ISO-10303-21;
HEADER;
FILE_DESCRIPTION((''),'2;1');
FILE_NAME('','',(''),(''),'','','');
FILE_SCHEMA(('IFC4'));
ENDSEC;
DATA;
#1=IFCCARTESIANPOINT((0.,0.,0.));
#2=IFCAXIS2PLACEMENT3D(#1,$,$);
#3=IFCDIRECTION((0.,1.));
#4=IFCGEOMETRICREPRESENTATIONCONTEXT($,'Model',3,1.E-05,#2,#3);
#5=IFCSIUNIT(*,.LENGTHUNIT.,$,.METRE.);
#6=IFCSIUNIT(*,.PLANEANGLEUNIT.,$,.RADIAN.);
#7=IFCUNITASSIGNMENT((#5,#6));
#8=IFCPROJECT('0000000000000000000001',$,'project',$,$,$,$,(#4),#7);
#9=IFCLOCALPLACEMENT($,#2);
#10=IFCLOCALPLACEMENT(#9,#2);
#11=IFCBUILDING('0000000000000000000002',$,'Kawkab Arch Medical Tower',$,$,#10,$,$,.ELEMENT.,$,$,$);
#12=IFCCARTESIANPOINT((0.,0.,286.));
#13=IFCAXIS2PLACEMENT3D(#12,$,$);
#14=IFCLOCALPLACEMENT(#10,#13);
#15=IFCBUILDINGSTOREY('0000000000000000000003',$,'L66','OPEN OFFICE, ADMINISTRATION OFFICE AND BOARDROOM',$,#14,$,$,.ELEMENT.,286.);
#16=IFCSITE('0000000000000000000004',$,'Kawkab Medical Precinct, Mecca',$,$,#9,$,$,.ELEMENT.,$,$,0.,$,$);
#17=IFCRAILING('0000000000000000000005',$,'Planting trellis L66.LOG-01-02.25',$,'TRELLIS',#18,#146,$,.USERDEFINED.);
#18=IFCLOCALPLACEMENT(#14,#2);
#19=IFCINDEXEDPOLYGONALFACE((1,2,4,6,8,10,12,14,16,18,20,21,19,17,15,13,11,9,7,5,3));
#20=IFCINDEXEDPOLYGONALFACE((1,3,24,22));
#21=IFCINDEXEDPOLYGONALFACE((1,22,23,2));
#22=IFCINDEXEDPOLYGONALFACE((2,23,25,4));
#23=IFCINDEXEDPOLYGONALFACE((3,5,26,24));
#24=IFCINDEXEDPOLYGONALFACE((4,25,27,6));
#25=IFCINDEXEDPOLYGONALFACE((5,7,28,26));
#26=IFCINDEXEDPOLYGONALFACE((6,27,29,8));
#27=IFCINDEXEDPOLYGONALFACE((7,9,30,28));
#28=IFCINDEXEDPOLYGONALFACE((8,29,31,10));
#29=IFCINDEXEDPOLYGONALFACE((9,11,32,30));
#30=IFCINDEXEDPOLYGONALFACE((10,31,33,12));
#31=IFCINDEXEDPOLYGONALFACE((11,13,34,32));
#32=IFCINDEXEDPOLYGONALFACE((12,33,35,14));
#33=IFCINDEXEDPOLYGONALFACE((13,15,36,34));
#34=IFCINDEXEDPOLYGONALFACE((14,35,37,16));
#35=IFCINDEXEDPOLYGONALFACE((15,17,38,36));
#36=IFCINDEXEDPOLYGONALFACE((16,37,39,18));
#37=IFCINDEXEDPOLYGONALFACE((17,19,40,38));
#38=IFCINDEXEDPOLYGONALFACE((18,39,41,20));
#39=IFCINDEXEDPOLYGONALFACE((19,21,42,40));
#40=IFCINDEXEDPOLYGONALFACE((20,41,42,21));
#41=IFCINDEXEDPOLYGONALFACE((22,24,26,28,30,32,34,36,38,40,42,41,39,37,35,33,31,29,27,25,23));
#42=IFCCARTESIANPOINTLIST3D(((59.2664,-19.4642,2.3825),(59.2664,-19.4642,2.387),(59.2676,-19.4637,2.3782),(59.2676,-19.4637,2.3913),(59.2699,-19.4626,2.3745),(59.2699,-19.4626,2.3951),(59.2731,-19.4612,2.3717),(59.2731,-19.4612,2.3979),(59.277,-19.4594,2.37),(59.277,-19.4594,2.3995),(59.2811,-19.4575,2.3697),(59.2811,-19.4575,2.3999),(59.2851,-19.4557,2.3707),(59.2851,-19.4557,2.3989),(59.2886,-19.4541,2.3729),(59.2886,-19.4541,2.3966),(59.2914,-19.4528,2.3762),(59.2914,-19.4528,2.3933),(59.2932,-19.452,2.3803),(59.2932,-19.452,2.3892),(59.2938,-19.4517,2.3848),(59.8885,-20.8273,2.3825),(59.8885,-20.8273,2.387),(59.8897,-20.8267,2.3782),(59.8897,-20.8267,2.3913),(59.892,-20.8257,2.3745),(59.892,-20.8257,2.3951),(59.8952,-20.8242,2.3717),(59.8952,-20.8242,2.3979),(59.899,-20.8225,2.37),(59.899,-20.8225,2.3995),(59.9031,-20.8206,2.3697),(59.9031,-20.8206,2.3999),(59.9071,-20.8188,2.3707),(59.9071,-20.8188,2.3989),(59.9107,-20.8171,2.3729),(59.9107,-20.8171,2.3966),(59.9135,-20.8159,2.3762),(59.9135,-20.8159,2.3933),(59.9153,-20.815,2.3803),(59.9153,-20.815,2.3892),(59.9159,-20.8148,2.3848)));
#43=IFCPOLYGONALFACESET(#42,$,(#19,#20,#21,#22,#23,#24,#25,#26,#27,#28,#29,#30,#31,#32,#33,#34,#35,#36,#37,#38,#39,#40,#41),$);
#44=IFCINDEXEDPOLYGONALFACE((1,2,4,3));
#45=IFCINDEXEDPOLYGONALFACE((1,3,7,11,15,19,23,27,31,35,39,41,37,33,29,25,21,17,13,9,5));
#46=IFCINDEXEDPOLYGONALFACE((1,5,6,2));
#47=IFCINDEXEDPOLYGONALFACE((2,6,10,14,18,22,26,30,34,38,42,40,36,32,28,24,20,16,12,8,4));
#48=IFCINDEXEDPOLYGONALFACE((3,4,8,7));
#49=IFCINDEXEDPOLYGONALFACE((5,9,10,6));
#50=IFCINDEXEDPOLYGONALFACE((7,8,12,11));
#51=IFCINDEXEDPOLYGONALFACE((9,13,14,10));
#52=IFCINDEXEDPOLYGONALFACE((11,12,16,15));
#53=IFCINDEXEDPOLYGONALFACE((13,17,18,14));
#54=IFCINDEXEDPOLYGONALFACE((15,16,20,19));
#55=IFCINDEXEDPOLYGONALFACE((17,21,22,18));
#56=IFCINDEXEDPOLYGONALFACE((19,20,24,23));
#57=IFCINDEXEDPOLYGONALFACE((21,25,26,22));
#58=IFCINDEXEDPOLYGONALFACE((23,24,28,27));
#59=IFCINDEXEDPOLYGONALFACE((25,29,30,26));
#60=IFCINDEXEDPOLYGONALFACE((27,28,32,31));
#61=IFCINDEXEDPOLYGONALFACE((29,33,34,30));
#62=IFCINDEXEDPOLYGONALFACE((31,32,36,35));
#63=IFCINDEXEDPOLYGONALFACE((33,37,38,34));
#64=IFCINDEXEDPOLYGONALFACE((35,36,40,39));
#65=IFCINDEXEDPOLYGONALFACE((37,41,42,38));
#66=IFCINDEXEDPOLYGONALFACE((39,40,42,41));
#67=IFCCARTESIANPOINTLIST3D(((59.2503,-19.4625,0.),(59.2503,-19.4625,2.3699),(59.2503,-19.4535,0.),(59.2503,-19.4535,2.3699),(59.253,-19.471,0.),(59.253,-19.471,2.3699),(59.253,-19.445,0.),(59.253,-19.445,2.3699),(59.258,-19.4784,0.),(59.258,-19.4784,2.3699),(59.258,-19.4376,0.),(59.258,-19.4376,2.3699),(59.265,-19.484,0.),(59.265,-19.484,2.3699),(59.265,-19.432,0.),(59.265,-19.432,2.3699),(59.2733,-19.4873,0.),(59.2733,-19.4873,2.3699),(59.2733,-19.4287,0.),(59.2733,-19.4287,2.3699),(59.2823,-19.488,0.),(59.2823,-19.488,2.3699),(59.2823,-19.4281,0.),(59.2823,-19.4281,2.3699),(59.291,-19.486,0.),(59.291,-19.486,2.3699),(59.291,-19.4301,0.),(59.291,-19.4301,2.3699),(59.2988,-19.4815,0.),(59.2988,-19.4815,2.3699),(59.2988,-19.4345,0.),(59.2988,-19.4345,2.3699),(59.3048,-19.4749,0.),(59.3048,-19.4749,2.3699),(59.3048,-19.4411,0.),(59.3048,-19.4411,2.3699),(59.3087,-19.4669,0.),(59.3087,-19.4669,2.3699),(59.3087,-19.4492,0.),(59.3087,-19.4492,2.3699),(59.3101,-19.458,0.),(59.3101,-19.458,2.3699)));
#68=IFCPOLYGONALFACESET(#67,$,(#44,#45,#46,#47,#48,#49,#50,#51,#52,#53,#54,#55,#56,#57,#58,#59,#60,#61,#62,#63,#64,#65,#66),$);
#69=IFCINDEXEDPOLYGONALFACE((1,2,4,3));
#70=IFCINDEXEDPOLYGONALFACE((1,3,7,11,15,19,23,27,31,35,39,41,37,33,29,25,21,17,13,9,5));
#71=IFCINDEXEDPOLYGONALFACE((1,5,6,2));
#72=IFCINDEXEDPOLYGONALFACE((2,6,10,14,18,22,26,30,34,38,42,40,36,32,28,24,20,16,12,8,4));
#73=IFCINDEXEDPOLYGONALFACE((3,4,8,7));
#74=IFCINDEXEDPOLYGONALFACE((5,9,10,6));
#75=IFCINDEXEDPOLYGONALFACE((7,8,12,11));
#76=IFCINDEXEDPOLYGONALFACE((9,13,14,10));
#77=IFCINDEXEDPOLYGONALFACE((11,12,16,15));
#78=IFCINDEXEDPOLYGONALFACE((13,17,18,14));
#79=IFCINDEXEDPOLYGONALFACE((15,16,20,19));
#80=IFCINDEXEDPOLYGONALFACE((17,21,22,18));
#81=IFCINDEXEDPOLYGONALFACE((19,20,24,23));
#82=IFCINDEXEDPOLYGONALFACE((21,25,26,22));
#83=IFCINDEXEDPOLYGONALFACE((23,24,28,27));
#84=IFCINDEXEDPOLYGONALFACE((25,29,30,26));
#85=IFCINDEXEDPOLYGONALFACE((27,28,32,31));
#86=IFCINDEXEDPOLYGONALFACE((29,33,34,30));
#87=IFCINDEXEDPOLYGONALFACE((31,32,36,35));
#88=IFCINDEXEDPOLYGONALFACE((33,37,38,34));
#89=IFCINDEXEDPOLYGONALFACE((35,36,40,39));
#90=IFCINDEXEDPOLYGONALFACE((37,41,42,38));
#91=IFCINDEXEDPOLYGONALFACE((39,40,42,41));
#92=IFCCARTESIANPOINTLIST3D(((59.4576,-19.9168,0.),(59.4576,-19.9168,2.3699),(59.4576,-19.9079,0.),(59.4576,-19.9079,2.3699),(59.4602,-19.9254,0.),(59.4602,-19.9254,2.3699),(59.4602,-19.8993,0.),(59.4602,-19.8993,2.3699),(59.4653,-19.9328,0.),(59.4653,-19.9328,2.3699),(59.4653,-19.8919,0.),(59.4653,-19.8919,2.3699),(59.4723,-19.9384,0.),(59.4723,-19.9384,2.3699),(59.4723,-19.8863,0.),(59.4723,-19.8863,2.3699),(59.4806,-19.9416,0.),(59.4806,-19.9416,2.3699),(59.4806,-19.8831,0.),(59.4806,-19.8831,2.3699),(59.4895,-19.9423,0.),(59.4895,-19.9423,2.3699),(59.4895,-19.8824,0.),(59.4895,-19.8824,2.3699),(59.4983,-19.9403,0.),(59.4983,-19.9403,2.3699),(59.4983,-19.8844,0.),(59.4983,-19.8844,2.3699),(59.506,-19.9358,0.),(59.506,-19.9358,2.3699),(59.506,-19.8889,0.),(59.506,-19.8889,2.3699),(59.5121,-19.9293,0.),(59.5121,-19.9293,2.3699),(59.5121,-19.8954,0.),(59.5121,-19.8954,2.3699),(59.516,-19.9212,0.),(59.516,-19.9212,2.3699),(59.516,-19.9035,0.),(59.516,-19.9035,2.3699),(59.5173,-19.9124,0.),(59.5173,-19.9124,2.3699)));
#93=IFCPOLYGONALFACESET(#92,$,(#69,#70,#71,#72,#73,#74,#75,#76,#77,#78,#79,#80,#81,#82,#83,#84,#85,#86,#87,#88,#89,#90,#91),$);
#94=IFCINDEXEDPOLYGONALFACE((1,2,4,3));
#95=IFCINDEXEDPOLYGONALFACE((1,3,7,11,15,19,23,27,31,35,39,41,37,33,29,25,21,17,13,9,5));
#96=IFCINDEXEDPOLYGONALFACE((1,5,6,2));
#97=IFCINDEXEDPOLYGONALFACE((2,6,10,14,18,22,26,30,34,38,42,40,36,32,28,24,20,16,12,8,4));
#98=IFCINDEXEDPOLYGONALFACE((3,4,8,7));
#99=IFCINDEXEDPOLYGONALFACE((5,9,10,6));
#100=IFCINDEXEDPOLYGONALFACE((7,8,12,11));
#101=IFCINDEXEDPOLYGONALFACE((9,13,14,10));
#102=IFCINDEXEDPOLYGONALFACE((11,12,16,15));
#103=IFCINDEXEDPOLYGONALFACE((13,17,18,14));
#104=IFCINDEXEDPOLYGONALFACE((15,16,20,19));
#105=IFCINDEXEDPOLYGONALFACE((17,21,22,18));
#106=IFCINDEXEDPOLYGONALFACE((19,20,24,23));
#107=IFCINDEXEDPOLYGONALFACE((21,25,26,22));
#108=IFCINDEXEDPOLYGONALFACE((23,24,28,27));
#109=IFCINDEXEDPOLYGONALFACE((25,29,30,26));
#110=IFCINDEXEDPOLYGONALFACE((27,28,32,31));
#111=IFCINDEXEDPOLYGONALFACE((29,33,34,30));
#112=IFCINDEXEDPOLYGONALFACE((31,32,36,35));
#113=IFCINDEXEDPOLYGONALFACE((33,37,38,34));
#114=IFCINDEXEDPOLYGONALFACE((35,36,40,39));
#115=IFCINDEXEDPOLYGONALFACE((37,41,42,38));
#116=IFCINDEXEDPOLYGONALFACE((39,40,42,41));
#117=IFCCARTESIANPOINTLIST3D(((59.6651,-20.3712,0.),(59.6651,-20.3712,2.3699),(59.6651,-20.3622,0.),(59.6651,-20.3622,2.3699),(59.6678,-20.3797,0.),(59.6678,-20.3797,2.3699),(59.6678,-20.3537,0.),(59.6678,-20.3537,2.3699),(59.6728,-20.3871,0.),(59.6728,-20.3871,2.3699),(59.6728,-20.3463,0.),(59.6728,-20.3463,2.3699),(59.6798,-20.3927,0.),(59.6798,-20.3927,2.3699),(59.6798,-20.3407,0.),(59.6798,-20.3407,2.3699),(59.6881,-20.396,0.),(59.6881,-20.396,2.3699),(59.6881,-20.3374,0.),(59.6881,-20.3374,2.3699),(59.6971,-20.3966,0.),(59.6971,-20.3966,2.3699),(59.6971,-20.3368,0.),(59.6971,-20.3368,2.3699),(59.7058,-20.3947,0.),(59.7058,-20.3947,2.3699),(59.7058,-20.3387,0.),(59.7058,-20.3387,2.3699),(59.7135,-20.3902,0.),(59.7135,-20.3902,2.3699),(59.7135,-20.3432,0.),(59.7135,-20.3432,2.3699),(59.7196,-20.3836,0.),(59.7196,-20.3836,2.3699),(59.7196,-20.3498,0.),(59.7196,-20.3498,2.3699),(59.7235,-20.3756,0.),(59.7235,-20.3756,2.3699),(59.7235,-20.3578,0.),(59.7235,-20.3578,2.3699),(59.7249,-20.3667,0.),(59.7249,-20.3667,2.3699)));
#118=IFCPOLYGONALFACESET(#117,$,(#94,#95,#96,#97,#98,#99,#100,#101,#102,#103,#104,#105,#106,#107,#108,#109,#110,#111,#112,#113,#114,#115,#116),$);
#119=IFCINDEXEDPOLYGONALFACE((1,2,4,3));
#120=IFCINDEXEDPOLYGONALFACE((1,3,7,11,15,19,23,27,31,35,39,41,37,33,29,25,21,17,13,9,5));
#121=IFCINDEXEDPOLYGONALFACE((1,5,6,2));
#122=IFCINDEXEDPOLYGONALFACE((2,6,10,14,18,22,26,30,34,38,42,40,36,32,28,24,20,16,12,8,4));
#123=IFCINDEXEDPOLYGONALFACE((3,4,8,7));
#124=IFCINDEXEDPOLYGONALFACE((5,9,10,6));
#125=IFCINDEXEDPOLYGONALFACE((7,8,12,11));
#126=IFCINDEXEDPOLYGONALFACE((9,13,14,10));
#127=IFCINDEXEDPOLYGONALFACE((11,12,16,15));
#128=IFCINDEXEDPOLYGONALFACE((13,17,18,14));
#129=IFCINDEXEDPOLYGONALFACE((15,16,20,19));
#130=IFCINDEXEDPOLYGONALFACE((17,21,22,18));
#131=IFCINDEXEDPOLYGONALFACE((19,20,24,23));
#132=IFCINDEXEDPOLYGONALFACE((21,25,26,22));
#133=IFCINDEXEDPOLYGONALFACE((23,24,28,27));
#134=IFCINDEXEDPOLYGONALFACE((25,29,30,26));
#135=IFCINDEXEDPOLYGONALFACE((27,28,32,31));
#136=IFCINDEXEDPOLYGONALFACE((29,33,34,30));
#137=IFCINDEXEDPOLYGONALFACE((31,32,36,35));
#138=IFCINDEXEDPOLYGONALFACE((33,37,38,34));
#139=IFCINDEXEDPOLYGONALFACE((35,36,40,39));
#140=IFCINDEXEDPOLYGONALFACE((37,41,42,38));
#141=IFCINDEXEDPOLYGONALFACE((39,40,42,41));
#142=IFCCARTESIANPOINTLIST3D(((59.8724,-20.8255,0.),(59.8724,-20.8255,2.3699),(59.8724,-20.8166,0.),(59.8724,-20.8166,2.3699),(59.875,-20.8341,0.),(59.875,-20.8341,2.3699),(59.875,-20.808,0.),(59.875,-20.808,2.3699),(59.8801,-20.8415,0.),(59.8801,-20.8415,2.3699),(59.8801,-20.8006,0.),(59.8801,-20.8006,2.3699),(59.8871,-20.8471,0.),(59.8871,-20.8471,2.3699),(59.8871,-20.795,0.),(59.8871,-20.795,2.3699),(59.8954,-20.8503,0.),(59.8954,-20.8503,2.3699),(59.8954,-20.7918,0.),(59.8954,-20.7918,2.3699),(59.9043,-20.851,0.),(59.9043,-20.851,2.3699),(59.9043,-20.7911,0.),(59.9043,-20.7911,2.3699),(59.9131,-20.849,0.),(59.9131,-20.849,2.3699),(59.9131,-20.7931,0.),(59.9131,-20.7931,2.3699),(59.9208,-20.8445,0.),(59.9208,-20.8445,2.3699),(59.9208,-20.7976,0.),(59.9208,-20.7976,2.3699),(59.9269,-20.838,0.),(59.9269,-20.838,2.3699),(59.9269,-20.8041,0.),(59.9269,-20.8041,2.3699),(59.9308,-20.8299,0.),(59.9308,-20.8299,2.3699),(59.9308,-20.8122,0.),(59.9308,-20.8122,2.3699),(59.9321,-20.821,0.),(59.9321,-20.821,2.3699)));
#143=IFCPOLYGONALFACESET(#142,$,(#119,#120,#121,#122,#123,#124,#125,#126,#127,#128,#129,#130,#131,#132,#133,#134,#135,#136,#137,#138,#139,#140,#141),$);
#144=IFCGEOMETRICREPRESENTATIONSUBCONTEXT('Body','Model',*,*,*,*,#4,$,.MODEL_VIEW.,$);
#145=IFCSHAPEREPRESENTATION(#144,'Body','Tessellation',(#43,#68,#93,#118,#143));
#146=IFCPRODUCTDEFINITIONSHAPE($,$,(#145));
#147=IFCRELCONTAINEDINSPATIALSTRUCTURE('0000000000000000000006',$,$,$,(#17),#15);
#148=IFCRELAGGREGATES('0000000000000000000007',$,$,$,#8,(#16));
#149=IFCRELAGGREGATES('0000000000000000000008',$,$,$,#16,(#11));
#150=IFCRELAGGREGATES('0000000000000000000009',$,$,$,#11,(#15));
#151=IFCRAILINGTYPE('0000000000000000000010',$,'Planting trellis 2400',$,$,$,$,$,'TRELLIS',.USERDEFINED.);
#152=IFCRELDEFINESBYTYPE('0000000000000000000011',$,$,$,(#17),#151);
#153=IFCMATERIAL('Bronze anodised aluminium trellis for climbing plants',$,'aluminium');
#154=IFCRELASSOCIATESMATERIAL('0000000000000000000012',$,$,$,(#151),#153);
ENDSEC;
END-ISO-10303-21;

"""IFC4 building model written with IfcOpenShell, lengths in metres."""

from ifc_helpers import new_model, si_unit, direction, frame, origin, origin_2d, place, context, subcontext, project, spatial, circle, extrude, material, type_object, element, save


model = new_model("IFC4")

# Units and contexts
model_context = context("Model", 3, precision=1e-05, world=origin(), true_north=direction((0.0, 1.0)))
body_context = subcontext(model_context, "Body", "Model", "MODEL_VIEW")
ifc_project = project(units=[si_unit("LENGTHUNIT", "METRE"), si_unit("PLANEANGLEUNIT", "RADIAN")], contexts=[model_context])

# Site, building, storey
site_placement = place(None, origin())
site = spatial("IfcSite", under=ifc_project, at=site_placement, Name="Kawkab Medical Precinct, Mecca", CompositionType="ELEMENT", RefElevation=0.0)
building_placement = place(site_placement, origin())
building = spatial("IfcBuilding", under=site, at=building_placement, Name="Kawkab Arch Medical Tower", CompositionType="ELEMENT")
storey_placement = place(building_placement, frame((0.0, 0.0, 286.0)))
storey = spatial("IfcBuildingStorey", under=building, at=storey_placement, Name="L66", Description="OPEN OFFICE, ADMINISTRATION OFFICE AND BOARDROOM", CompositionType="ELEMENT", Elevation=286.0)

# Railing
ifc_material_1 = material(Name="Bronze anodised aluminium trellis for climbing plants", Category="aluminium")
railing_type_1 = type_object("IfcRailingType", Name="Planting trellis 2400", ElementType="TRELLIS", PredefinedType="USERDEFINED", material=ifc_material_1)
railing_1_placement = place(storey_placement, frame((59.28, -19.458, 0.0)))
element("IfcRailing", 1, at=railing_1_placement, inside=storey, type_object=railing_type_1, Name="Planting trellis L66.LOG-01-02.25", ObjectType="TRELLIS", PredefinedType="USERDEFINED", context=body_context, shape_type="SweptSolid", body=[
    extrude(circle(Radius=0.0151, at=origin_2d()), frame((0.0, 0.0, 2.3848), z_axis=(0.41519, -0.909735, 0.0), x_axis=(0.909735, 0.41519, 0.0)), (0.0, 0.0, 1.0), 1.4983),
    extrude(circle(Radius=0.03, at=origin_2d()), origin(), (0.0, 0.0, 1.0), 2.3699),
    extrude(circle(Radius=0.03, at=origin_2d()), frame((0.2073, -0.4543, 0.0)), (0.0, 0.0, 1.0), 2.3699),
    extrude(circle(Radius=0.03, at=origin_2d()), frame((0.4148, -0.9087, 0.0)), (0.0, 0.0, 1.0), 2.3699),
    extrude(circle(Radius=0.03, at=origin_2d()), frame((0.6221, -1.363, 0.0)), (0.0, 0.0, 1.0), 2.3699),
])

save(model, "model.ifc")
